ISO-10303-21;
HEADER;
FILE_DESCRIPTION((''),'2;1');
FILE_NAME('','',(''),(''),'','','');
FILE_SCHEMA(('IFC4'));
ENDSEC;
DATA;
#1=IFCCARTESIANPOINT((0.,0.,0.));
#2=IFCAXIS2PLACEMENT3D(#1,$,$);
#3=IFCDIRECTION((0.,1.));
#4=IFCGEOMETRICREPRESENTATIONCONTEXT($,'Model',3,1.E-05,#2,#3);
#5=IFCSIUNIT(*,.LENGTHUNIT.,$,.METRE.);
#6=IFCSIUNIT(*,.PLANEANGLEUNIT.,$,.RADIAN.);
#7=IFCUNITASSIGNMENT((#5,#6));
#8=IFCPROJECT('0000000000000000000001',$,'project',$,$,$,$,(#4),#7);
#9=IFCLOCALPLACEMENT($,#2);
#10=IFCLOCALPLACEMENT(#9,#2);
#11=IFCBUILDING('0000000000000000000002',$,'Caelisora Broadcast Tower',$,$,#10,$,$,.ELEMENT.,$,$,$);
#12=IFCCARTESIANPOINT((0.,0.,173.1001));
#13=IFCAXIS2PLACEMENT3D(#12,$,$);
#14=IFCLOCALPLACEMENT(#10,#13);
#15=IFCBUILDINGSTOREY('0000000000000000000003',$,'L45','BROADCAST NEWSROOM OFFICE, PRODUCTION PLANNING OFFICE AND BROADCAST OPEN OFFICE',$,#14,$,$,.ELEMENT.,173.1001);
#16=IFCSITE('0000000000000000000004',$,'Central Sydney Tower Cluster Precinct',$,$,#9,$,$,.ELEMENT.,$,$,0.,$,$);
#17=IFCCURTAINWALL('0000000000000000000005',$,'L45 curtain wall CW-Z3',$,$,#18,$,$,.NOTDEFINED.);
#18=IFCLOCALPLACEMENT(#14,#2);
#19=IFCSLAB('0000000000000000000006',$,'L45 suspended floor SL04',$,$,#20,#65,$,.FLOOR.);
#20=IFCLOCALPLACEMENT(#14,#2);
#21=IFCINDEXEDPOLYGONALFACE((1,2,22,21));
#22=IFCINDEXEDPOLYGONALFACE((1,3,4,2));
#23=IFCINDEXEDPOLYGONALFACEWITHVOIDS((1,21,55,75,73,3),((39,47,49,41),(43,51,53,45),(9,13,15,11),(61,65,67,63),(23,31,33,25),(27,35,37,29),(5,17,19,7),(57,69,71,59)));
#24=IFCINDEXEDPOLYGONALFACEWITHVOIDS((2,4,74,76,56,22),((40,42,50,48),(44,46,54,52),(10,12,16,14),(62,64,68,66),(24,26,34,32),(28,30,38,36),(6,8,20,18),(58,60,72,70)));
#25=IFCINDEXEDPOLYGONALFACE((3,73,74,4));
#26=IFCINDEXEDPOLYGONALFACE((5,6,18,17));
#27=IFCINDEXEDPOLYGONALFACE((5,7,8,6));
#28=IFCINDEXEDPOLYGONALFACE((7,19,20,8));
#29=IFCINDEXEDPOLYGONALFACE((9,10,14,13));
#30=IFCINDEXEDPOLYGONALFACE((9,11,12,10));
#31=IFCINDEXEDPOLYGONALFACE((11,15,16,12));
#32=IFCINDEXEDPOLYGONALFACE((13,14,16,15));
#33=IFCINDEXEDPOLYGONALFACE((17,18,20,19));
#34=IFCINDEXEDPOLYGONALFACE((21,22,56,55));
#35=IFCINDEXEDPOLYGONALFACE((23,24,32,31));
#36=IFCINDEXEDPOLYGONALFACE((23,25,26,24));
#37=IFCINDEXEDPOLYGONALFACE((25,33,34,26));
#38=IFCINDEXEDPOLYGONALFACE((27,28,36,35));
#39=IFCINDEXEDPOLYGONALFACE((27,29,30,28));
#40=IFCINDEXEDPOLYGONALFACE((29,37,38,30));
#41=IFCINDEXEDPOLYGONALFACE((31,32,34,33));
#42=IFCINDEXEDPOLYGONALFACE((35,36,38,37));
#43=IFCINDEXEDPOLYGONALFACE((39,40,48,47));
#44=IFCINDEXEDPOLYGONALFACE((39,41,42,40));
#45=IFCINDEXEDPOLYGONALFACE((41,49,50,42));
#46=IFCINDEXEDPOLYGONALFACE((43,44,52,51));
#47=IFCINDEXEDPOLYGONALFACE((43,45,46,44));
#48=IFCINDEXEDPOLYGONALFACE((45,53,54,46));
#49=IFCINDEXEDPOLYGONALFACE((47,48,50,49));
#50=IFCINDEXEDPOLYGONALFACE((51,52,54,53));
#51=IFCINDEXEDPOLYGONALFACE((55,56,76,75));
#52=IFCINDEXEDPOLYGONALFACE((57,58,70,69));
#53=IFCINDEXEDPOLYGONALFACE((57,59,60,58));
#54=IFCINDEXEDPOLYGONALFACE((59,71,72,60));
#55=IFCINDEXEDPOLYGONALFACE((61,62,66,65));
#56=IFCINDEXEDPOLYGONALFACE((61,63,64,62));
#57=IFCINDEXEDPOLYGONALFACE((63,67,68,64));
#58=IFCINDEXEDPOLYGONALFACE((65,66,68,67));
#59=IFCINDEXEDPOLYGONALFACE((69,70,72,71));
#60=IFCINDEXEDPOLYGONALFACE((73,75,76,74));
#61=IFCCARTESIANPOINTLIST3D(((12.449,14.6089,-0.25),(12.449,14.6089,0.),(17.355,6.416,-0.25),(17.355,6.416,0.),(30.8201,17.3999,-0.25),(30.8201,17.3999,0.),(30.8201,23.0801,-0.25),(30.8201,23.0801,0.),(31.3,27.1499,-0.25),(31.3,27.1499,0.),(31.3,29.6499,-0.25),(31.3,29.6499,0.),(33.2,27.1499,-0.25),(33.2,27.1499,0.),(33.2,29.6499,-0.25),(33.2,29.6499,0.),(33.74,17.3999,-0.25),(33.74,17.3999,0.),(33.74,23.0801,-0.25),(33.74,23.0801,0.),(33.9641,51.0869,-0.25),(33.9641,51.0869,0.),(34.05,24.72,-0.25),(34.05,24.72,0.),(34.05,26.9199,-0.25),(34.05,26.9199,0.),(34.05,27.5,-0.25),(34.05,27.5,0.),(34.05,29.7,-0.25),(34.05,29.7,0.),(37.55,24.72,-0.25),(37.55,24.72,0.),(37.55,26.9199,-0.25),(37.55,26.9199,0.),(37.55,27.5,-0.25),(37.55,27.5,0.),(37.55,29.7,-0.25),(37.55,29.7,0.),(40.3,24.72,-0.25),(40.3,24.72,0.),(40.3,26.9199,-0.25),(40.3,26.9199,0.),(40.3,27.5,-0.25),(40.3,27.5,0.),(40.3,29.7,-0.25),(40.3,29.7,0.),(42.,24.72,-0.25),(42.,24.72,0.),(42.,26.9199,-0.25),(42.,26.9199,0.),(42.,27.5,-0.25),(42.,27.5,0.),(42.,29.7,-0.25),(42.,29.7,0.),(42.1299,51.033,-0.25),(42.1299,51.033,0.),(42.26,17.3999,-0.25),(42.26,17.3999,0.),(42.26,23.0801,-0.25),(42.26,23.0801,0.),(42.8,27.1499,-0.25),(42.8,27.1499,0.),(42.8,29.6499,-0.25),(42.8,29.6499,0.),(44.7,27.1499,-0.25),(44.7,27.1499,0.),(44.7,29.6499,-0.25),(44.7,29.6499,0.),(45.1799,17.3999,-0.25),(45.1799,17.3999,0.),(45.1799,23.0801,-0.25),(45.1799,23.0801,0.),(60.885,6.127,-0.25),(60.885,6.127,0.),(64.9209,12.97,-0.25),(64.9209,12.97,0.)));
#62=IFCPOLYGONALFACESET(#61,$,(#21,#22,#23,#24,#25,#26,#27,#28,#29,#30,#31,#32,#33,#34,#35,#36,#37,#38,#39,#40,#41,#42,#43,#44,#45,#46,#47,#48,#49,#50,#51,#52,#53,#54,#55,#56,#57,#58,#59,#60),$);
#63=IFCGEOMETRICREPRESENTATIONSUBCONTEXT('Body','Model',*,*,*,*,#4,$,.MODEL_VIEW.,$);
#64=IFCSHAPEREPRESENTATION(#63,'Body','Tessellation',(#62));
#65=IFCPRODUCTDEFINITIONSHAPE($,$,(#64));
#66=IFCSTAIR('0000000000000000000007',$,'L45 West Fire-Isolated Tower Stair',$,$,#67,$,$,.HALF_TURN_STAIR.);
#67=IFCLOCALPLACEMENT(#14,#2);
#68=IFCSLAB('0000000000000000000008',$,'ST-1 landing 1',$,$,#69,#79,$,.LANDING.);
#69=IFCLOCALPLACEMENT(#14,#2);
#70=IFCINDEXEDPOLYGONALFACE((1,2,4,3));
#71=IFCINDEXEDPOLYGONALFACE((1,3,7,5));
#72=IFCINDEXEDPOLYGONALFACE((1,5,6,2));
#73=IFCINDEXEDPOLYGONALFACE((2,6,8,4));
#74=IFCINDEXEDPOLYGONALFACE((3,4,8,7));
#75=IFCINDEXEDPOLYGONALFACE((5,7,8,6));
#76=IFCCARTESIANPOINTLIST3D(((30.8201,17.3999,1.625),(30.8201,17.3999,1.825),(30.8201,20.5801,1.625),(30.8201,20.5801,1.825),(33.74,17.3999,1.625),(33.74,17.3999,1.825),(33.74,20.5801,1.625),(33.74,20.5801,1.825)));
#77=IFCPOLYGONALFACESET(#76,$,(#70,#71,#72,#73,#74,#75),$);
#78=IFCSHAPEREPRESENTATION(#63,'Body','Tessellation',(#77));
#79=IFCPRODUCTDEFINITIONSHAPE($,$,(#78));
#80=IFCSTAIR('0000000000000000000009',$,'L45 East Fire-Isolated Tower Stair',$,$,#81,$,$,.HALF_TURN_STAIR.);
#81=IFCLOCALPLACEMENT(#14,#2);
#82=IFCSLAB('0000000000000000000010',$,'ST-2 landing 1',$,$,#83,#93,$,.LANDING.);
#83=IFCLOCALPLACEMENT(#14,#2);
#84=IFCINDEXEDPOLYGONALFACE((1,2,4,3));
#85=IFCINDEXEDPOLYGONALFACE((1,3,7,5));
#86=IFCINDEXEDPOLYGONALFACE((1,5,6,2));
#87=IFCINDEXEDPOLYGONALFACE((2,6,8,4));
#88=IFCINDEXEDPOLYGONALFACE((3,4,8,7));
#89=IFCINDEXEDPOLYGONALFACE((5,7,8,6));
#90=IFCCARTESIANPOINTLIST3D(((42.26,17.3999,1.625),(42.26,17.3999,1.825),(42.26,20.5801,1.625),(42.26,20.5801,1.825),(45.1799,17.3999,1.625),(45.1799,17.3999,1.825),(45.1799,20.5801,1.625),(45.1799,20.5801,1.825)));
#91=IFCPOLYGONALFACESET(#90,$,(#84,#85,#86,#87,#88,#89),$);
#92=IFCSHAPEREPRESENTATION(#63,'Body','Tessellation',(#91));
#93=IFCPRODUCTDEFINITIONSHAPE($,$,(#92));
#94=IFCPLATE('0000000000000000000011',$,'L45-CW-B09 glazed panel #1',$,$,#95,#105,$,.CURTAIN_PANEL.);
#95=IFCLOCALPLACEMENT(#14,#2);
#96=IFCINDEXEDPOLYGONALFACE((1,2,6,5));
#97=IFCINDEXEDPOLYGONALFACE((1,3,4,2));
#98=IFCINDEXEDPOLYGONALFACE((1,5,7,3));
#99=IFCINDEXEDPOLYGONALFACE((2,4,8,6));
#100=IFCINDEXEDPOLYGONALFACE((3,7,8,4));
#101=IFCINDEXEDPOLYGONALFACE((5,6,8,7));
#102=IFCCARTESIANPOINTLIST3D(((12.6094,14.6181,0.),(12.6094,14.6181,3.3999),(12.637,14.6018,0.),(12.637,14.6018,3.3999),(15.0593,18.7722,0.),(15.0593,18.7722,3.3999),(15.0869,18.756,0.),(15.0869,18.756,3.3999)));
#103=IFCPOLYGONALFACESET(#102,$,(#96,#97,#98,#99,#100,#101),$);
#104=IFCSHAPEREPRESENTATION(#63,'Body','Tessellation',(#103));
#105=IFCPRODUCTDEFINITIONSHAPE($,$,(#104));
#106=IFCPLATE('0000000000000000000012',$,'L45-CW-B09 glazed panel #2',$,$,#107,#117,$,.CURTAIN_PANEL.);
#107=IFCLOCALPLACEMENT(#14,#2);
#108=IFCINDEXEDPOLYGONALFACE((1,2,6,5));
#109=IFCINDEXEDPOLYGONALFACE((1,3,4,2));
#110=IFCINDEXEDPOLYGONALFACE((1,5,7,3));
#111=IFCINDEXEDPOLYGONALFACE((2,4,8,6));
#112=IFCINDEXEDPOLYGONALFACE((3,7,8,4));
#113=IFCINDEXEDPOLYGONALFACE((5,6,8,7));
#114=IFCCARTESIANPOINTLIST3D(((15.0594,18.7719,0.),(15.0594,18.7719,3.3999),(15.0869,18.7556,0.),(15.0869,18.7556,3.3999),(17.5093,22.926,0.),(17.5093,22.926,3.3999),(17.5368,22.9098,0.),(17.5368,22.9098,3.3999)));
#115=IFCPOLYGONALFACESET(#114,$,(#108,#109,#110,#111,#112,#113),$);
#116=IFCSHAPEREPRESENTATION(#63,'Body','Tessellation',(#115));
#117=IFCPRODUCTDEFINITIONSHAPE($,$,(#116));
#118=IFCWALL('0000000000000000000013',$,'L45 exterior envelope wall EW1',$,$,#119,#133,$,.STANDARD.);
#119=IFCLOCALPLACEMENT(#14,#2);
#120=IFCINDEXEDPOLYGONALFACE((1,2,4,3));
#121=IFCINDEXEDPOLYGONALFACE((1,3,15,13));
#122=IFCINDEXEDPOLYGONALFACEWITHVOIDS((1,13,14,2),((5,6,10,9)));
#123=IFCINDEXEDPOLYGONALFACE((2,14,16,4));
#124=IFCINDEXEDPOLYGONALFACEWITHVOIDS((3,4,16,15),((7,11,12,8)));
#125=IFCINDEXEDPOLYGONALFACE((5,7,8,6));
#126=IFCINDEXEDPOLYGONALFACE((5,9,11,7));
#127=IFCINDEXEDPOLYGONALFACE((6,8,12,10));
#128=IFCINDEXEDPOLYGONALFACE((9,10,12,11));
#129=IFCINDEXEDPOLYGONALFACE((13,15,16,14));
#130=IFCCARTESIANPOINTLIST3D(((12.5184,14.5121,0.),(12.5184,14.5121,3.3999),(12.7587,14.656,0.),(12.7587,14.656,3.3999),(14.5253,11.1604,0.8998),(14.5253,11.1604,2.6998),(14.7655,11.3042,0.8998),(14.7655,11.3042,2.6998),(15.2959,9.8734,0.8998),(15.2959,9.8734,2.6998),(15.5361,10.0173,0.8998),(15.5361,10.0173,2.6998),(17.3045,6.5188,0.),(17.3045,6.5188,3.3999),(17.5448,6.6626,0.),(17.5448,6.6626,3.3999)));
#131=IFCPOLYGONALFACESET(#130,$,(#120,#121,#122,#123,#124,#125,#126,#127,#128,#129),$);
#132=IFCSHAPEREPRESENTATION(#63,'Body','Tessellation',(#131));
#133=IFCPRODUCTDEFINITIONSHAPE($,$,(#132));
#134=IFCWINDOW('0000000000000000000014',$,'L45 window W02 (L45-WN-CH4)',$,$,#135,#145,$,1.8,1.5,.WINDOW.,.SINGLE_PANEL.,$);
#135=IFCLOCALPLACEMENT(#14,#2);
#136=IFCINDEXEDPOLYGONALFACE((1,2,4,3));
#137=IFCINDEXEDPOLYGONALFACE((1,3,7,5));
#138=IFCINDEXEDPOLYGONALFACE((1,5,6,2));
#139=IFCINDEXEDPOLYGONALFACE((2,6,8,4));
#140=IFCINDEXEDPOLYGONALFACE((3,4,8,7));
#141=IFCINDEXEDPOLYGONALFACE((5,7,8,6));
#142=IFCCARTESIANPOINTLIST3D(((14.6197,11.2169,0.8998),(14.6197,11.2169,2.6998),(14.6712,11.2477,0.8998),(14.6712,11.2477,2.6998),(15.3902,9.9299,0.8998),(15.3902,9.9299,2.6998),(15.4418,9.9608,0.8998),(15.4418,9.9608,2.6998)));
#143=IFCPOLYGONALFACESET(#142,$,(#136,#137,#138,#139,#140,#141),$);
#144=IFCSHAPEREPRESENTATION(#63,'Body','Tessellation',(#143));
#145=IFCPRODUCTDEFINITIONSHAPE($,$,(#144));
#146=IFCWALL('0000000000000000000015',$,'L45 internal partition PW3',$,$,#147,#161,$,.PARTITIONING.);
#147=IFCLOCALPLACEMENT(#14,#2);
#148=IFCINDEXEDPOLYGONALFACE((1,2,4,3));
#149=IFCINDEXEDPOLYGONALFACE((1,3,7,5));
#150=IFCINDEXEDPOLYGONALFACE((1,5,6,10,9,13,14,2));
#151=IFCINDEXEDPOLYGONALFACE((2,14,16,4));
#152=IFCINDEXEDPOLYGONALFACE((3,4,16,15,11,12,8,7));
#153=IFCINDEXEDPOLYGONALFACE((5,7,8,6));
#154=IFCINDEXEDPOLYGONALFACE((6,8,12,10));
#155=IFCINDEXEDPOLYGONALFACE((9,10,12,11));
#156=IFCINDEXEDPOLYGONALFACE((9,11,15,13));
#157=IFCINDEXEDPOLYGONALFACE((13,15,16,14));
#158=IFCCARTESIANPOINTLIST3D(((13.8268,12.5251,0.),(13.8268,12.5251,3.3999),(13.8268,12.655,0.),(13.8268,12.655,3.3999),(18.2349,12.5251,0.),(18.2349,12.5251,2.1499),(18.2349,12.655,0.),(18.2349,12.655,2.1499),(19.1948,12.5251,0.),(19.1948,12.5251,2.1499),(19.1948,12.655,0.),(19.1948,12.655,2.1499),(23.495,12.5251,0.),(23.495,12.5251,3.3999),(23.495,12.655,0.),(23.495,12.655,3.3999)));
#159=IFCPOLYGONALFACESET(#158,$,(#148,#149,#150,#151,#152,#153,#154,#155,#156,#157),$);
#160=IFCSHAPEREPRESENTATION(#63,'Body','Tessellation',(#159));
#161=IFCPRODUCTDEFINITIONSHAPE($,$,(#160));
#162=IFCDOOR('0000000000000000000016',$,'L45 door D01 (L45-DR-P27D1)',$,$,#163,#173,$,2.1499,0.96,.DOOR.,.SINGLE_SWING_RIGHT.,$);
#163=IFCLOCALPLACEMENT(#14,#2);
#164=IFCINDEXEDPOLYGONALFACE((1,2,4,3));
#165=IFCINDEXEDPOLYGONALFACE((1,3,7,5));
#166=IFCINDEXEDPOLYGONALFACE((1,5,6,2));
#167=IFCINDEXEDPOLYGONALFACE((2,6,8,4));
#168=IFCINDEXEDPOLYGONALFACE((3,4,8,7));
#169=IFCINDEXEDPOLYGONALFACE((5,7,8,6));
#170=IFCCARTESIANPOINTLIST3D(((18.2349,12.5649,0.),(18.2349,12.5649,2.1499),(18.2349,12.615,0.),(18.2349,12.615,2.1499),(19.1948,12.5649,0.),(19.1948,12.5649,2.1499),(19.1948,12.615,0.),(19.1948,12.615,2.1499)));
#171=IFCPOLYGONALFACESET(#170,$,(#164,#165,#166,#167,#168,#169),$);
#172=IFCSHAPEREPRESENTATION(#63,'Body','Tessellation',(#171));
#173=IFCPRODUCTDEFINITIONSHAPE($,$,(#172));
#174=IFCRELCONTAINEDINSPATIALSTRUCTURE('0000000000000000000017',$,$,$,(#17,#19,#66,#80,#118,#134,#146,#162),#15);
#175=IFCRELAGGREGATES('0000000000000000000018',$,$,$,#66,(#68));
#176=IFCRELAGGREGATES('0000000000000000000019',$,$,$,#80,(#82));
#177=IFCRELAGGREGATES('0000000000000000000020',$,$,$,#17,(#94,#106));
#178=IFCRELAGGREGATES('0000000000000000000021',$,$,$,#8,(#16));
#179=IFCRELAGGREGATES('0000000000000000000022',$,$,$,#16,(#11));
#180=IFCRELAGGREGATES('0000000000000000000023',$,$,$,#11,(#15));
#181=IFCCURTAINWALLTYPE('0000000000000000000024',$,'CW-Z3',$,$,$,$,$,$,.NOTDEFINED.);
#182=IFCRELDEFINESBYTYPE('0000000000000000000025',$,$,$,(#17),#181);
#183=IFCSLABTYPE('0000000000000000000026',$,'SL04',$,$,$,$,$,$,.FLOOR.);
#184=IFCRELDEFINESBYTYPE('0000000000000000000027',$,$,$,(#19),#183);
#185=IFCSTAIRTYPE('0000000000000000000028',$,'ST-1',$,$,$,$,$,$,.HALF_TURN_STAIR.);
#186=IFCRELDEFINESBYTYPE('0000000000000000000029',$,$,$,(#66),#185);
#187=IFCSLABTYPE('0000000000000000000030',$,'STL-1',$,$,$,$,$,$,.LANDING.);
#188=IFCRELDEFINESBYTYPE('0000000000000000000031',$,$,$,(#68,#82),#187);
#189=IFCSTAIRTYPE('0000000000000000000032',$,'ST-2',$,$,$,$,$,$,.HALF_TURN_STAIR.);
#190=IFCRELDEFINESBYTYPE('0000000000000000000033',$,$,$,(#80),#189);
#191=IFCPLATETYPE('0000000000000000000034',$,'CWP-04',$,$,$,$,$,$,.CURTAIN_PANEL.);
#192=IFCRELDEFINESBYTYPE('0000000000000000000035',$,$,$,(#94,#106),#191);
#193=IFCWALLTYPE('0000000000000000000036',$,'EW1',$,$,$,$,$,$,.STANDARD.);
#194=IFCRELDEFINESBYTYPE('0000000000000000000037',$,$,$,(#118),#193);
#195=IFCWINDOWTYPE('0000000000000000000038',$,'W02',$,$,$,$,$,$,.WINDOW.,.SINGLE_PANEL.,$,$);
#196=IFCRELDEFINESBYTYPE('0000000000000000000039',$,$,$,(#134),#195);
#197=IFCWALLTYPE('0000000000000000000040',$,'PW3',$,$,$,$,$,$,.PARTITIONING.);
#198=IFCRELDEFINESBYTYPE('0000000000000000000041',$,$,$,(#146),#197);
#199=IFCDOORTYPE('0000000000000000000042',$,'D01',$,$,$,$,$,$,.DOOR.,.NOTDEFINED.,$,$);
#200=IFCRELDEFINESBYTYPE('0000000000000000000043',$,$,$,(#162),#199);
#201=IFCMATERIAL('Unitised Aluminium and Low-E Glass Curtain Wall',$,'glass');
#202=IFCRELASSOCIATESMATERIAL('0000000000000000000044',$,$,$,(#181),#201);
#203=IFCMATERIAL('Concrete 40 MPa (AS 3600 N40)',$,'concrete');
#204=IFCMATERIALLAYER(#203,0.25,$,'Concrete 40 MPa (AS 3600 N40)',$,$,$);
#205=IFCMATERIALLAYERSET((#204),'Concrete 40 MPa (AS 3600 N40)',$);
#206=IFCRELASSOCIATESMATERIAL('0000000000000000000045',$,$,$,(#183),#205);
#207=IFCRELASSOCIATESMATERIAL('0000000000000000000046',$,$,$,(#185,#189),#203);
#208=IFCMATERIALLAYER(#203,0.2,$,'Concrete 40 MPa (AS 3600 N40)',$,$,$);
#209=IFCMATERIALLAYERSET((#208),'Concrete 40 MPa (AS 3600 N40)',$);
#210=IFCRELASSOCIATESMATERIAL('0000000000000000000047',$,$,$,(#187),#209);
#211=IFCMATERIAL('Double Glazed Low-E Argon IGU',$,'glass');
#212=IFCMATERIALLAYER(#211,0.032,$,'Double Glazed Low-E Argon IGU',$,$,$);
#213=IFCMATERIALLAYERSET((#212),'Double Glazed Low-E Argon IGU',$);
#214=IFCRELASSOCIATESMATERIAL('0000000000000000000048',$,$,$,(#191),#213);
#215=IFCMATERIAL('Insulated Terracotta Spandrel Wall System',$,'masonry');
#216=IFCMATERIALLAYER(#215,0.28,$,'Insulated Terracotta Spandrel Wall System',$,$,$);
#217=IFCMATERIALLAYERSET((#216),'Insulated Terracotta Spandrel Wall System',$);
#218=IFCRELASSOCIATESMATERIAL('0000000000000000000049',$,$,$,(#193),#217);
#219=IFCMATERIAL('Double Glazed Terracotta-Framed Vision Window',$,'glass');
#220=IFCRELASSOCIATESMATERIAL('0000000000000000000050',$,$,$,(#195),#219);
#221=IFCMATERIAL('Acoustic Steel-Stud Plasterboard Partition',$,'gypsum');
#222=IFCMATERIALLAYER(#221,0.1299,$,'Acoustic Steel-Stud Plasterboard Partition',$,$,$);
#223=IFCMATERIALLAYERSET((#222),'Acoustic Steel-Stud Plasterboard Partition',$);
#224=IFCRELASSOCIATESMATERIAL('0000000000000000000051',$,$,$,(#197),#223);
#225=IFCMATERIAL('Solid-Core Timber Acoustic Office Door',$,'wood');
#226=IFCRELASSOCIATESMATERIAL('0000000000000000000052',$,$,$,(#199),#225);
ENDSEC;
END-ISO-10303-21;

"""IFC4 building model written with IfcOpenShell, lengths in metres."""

from ifc_helpers import new_model, si_unit, direction, frame, frame_2d, origin, origin_2d, place, context, subcontext, project, spatial, polyline, rectangle, outline, extrude, source, transform, mapped, material, layer, layer_set, type_object, type_shapes, element, fill, aggregate, save


model = new_model("IFC4")

# Units and contexts
model_context = context("Model", 3, precision=1e-05, world=origin(), true_north=direction((0.0, 1.0)))
body_context = subcontext(model_context, "Body", "Model", "MODEL_VIEW")
ifc_project = project(units=[si_unit("LENGTHUNIT", "METRE"), si_unit("PLANEANGLEUNIT", "RADIAN")], contexts=[model_context])

# Site, building, storey
site_placement = place(None, origin())
site = spatial("IfcSite", under=ifc_project, at=site_placement, Name="Central Sydney Tower Cluster Precinct", CompositionType="ELEMENT", RefElevation=0.0)
building_placement = place(site_placement, origin())
building = spatial("IfcBuilding", under=site, at=building_placement, Name="Caelisora Broadcast Tower", CompositionType="ELEMENT")
storey_placement = place(building_placement, frame((0.0, 0.0, 173.1001)))
storey = spatial("IfcBuildingStorey", under=building, at=storey_placement, Name="L45", Description="BROADCAST NEWSROOM OFFICE, PRODUCTION PLANNING OFFICE AND BROADCAST OPEN OFFICE", CompositionType="ELEMENT", Elevation=173.1001)

# Shared definitions
ifc_material_1 = material(Name="Unitised Aluminium and Low-E Glass Curtain Wall", Category="glass")
curtain_wall_type = type_object("IfcCurtainWallType", Name="CW-Z3", PredefinedType="NOTDEFINED", material=ifc_material_1)

# Curtain wall
curtain_wall_1_placement = place(storey_placement, origin())
curtain_wall_1 = element("IfcCurtainWall", 1, at=curtain_wall_1_placement, inside=storey, type_object=curtain_wall_type, Name="L45 curtain wall CW-Z3", PredefinedType="NOTDEFINED")

# Slab
ifc_material_2 = material(Name="Concrete 40 MPa (AS 3600 N40)", Category="concrete")
ifc_layer_1 = layer(ifc_material_2, 0.25, Name="Concrete 40 MPa (AS 3600 N40)")
ifc_layer_set_1 = layer_set([ifc_layer_1], Name="Concrete 40 MPa (AS 3600 N40)")
slab_type_1 = type_object("IfcSlabType", Name="SL04", PredefinedType="FLOOR", material=ifc_layer_set_1)
slab_1_placement = place(storey_placement, frame((0.0, 0.0, -0.25)))
element("IfcSlab", 2, at=slab_1_placement, inside=storey, type_object=slab_type_1, Name="L45 suspended floor SL04", PredefinedType="FLOOR", context=body_context, shape_type="SweptSolid", body=[
    extrude(outline(polyline([(42.1299, 51.033), (33.9641, 51.0869), (12.449, 14.6089), (17.355, 6.416), (60.885, 6.127), (64.9209, 12.97), (42.1299, 51.033)]), holes=[polyline([(30.8201, 17.3999), (33.74, 17.3999), (33.74, 23.0801), (30.8201, 23.0801), (30.8201, 17.3999)]), polyline([(42.26, 17.3999), (45.1799, 17.3999), (45.1799, 23.0801), (42.26, 23.0801), (42.26, 17.3999)]), polyline([(42.8, 27.1499), (44.7, 27.1499), (44.7, 29.6499), (42.8, 29.6499), (42.8, 27.1499)]), polyline([(40.3, 24.72), (42.0, 24.72), (42.0, 26.9199), (40.3, 26.9199), (40.3, 24.72)]), polyline([(40.3, 27.5), (42.0, 27.5), (42.0, 29.7), (40.3, 29.7), (40.3, 27.5)]), polyline([(34.05, 24.72), (37.55, 24.72), (37.55, 26.9199), (34.05, 26.9199), (34.05, 24.72)]), polyline([(34.05, 27.5), (37.55, 27.5), (37.55, 29.7), (34.05, 29.7), (34.05, 27.5)]), polyline([(31.3, 27.1499), (33.2, 27.1499), (33.2, 29.6499), (31.3, 29.6499), (31.3, 27.1499)])]), origin(), (0.0, 0.0, 1.0), 0.25),
])

# Stairs, slabs
stair_type_1 = type_object("IfcStairType", Name="ST-1", PredefinedType="HALF_TURN_STAIR", material=ifc_material_2)
stair_1_placement = place(storey_placement, origin())
stair_1 = element("IfcStair", 3, at=stair_1_placement, inside=storey, type_object=stair_type_1, Name="L45 West Fire-Isolated Tower Stair", PredefinedType="HALF_TURN_STAIR")
ifc_layer_2 = layer(ifc_material_2, 0.2, Name="Concrete 40 MPa (AS 3600 N40)")
ifc_layer_set_2 = layer_set([ifc_layer_2], Name="Concrete 40 MPa (AS 3600 N40)")
slab_type_2 = type_object("IfcSlabType", Name="STL-1", PredefinedType="LANDING", material=ifc_layer_set_2)
slab_2_placement = place(storey_placement, frame((0.0, 0.0, 1.625)))
slab_2 = element("IfcSlab", 4, at=slab_2_placement, type_object=slab_type_2, Name="ST-1 landing 1", PredefinedType="LANDING", context=body_context, shape_type="SweptSolid", body=[
    extrude(outline(polyline([(30.8201, 20.5801), (30.8201, 17.3999), (33.74, 17.3999), (33.74, 20.5801), (30.8201, 20.5801)])), origin(), (0.0, 0.0, 1.0), 0.2),
])
aggregate(stair_1, [slab_2])
stair_type_2 = type_object("IfcStairType", Name="ST-2", PredefinedType="HALF_TURN_STAIR", material=ifc_material_2)
stair_2_placement = place(storey_placement, origin())
stair_2 = element("IfcStair", 5, at=stair_2_placement, inside=storey, type_object=stair_type_2, Name="L45 East Fire-Isolated Tower Stair", PredefinedType="HALF_TURN_STAIR")
slab_3_placement = place(storey_placement, frame((0.0, 0.0, 1.625)))
slab_3 = element("IfcSlab", 6, at=slab_3_placement, type_object=slab_type_2, Name="ST-2 landing 1", PredefinedType="LANDING", context=body_context, shape_type="SweptSolid", body=[
    extrude(outline(polyline([(42.26, 20.5801), (42.26, 17.3999), (45.1799, 17.3999), (45.1799, 20.5801), (42.26, 20.5801)])), origin(), (0.0, 0.0, 1.0), 0.2),
])
aggregate(stair_2, [slab_3])

# Plates
ifc_material_3 = material(Name="Double Glazed Low-E Argon IGU", Category="glass")
ifc_layer_3 = layer(ifc_material_3, 0.032, Name="Double Glazed Low-E Argon IGU")
ifc_layer_set_3 = layer_set([ifc_layer_3], Name="Double Glazed Low-E Argon IGU")
plate_type = type_object("IfcPlateType", Name="CWP-04", PredefinedType="CURTAIN_PANEL", material=ifc_layer_set_3)
shared_shape_1 = source(origin(), body_context, "Body", "SweptSolid", [
    extrude(rectangle(XDim=4.8228, YDim=0.032, at=origin_2d()), origin(), (0.0, 0.0, 1.0), 3.3999),
])
type_shapes(plate_type, [shared_shape_1])
plate_1_placement = place(storey_placement, frame((13.8481, 16.687, 0.0), z_axis=(0.0, 0.0, 1.0), x_axis=(0.507989, 0.861363, 0.0)))
plate_1 = element("IfcPlate", 7, at=plate_1_placement, type_object=plate_type, Name="L45-CW-B09 glazed panel #1", PredefinedType="CURTAIN_PANEL", context=body_context, shape_type="MappedRepresentation", body=[
    mapped(shared_shape_1, transform((0.0, 0.0, 0.0), scale=1.0)),
])
plate_2_placement = place(storey_placement, frame((16.2981, 20.8408, 0.0), z_axis=(0.0, 0.0, 1.0), x_axis=(0.507989, 0.861363, 0.0)))
plate_2 = element("IfcPlate", 8, at=plate_2_placement, type_object=plate_type, Name="L45-CW-B09 glazed panel #2", PredefinedType="CURTAIN_PANEL", context=body_context, shape_type="MappedRepresentation", body=[
    mapped(shared_shape_1, transform((0.0, 0.0, 0.0), scale=1.0)),
])
aggregate(curtain_wall_1, [plate_1, plate_2])

# Wall, opening, window
ifc_material_4 = material(Name="Insulated Terracotta Spandrel Wall System", Category="masonry")
ifc_layer_4 = layer(ifc_material_4, 0.28, Name="Insulated Terracotta Spandrel Wall System")
ifc_layer_set_4 = layer_set([ifc_layer_4], Name="Insulated Terracotta Spandrel Wall System")
wall_type_1 = type_object("IfcWallType", Name="EW1", PredefinedType="STANDARD", material=ifc_layer_set_4)
wall_1_placement = place(storey_placement, frame((17.4246, 6.5908, 0.0), z_axis=(0.0, 0.0, 1.0), x_axis=(-0.513713, 0.857962, 0.0)))
wall_1 = element("IfcWall", 9, at=wall_1_placement, inside=storey, type_object=wall_type_1, Name="L45 exterior envelope wall EW1", PredefinedType="STANDARD", context=body_context, shape_type="SweptSolid", body=[
    extrude(rectangle(XDim=9.3167, YDim=0.28, at=frame_2d((4.6582, 0.0))), origin(), (0.0, 0.0, 1.0), 3.3999),
])
opening_1_placement = place(wall_1_placement, frame((3.9099, 0.0, 0.8999)))
opening_1 = element("IfcOpeningElement", 10, at=opening_1_placement, cuts=wall_1, PredefinedType="OPENING", context=body_context, shape_type="SweptSolid", body=[
    extrude(rectangle(XDim=1.5, YDim=1.8, at=frame_2d((0.75, 0.8999))), frame((0.0, 0.1521, 0.0), z_axis=(0.0, -1.0, 0.0), x_axis=(1.0, 0.0, 0.0)), (0.0, 0.0, 1.0), 0.304),
])
ifc_material_5 = material(Name="Double Glazed Terracotta-Framed Vision Window", Category="glass")
window_type = type_object("IfcWindowType", Name="W02", PartitioningType="SINGLE_PANEL", PredefinedType="WINDOW", material=ifc_material_5)
window_placement = place(opening_1_placement, origin())
window = element("IfcWindow", 11, at=window_placement, inside=storey, type_object=window_type, Name="L45 window W02 (L45-WN-CH4)", OverallHeight=1.8, OverallWidth=1.5, PartitioningType="SINGLE_PANEL", PredefinedType="WINDOW", context=body_context, shape_type="SweptSolid", body=[
    extrude(rectangle(XDim=1.5, YDim=1.8, at=frame_2d((0.75, 0.8999))), frame((0.0, 0.03, 0.0), z_axis=(0.0, -1.0, 0.0), x_axis=(1.0, 0.0, 0.0)), (0.0, 0.0, 1.0), 0.0601),
])
fill(opening_1, window)

# Wall, opening, door
ifc_material_6 = material(Name="Acoustic Steel-Stud Plasterboard Partition", Category="gypsum")
ifc_layer_5 = layer(ifc_material_6, 0.1299, Name="Acoustic Steel-Stud Plasterboard Partition")
ifc_layer_set_5 = layer_set([ifc_layer_5], Name="Acoustic Steel-Stud Plasterboard Partition")
wall_type_2 = type_object("IfcWallType", Name="PW3", PredefinedType="PARTITIONING", material=ifc_layer_set_5)
wall_2_placement = place(storey_placement, frame((13.8269, 12.5901, 0.0), z_axis=(0.0, 0.0, 1.0), x_axis=(1.0, 0.0, 0.0)))
wall_2 = element("IfcWall", 12, at=wall_2_placement, inside=storey, type_object=wall_type_2, Name="L45 internal partition PW3", PredefinedType="PARTITIONING", context=body_context, shape_type="SweptSolid", body=[
    extrude(rectangle(XDim=9.6682, YDim=0.1299, at=frame_2d((4.834, 0.0))), origin(), (0.0, 0.0, 1.0), 3.3999),
])
opening_2_placement = place(wall_2_placement, frame((4.408, 0.0, 0.0)))
opening_2 = element("IfcOpeningElement", 13, at=opening_2_placement, cuts=wall_2, PredefinedType="OPENING", context=body_context, shape_type="SweptSolid", body=[
    extrude(rectangle(XDim=0.96, YDim=2.1499, at=frame_2d((0.48, 1.075))), frame((0.0, 0.0769, 0.0), z_axis=(0.0, -1.0, 0.0), x_axis=(1.0, 0.0, 0.0)), (0.0, 0.0, 1.0), 0.1538),
])
ifc_material_7 = material(Name="Solid-Core Timber Acoustic Office Door", Category="wood")
door_type = type_object("IfcDoorType", Name="D01", OperationType="NOTDEFINED", PredefinedType="DOOR", material=ifc_material_7)
door_placement = place(opening_2_placement, origin())
door = element("IfcDoor", 14, at=door_placement, inside=storey, type_object=door_type, Name="L45 door D01 (L45-DR-P27D1)", OperationType="SINGLE_SWING_RIGHT", OverallHeight=2.1499, OverallWidth=0.96, PredefinedType="DOOR", context=body_context, shape_type="SweptSolid", body=[
    extrude(rectangle(XDim=0.96, YDim=2.1499, at=frame_2d((0.48, 1.075))), frame((0.0, 0.0249, 0.0), z_axis=(0.0, -1.0, 0.0), x_axis=(1.0, 0.0, 0.0)), (0.0, 0.0, 1.0), 0.05),
])
fill(opening_2, door)

save(model, "model.ifc")
